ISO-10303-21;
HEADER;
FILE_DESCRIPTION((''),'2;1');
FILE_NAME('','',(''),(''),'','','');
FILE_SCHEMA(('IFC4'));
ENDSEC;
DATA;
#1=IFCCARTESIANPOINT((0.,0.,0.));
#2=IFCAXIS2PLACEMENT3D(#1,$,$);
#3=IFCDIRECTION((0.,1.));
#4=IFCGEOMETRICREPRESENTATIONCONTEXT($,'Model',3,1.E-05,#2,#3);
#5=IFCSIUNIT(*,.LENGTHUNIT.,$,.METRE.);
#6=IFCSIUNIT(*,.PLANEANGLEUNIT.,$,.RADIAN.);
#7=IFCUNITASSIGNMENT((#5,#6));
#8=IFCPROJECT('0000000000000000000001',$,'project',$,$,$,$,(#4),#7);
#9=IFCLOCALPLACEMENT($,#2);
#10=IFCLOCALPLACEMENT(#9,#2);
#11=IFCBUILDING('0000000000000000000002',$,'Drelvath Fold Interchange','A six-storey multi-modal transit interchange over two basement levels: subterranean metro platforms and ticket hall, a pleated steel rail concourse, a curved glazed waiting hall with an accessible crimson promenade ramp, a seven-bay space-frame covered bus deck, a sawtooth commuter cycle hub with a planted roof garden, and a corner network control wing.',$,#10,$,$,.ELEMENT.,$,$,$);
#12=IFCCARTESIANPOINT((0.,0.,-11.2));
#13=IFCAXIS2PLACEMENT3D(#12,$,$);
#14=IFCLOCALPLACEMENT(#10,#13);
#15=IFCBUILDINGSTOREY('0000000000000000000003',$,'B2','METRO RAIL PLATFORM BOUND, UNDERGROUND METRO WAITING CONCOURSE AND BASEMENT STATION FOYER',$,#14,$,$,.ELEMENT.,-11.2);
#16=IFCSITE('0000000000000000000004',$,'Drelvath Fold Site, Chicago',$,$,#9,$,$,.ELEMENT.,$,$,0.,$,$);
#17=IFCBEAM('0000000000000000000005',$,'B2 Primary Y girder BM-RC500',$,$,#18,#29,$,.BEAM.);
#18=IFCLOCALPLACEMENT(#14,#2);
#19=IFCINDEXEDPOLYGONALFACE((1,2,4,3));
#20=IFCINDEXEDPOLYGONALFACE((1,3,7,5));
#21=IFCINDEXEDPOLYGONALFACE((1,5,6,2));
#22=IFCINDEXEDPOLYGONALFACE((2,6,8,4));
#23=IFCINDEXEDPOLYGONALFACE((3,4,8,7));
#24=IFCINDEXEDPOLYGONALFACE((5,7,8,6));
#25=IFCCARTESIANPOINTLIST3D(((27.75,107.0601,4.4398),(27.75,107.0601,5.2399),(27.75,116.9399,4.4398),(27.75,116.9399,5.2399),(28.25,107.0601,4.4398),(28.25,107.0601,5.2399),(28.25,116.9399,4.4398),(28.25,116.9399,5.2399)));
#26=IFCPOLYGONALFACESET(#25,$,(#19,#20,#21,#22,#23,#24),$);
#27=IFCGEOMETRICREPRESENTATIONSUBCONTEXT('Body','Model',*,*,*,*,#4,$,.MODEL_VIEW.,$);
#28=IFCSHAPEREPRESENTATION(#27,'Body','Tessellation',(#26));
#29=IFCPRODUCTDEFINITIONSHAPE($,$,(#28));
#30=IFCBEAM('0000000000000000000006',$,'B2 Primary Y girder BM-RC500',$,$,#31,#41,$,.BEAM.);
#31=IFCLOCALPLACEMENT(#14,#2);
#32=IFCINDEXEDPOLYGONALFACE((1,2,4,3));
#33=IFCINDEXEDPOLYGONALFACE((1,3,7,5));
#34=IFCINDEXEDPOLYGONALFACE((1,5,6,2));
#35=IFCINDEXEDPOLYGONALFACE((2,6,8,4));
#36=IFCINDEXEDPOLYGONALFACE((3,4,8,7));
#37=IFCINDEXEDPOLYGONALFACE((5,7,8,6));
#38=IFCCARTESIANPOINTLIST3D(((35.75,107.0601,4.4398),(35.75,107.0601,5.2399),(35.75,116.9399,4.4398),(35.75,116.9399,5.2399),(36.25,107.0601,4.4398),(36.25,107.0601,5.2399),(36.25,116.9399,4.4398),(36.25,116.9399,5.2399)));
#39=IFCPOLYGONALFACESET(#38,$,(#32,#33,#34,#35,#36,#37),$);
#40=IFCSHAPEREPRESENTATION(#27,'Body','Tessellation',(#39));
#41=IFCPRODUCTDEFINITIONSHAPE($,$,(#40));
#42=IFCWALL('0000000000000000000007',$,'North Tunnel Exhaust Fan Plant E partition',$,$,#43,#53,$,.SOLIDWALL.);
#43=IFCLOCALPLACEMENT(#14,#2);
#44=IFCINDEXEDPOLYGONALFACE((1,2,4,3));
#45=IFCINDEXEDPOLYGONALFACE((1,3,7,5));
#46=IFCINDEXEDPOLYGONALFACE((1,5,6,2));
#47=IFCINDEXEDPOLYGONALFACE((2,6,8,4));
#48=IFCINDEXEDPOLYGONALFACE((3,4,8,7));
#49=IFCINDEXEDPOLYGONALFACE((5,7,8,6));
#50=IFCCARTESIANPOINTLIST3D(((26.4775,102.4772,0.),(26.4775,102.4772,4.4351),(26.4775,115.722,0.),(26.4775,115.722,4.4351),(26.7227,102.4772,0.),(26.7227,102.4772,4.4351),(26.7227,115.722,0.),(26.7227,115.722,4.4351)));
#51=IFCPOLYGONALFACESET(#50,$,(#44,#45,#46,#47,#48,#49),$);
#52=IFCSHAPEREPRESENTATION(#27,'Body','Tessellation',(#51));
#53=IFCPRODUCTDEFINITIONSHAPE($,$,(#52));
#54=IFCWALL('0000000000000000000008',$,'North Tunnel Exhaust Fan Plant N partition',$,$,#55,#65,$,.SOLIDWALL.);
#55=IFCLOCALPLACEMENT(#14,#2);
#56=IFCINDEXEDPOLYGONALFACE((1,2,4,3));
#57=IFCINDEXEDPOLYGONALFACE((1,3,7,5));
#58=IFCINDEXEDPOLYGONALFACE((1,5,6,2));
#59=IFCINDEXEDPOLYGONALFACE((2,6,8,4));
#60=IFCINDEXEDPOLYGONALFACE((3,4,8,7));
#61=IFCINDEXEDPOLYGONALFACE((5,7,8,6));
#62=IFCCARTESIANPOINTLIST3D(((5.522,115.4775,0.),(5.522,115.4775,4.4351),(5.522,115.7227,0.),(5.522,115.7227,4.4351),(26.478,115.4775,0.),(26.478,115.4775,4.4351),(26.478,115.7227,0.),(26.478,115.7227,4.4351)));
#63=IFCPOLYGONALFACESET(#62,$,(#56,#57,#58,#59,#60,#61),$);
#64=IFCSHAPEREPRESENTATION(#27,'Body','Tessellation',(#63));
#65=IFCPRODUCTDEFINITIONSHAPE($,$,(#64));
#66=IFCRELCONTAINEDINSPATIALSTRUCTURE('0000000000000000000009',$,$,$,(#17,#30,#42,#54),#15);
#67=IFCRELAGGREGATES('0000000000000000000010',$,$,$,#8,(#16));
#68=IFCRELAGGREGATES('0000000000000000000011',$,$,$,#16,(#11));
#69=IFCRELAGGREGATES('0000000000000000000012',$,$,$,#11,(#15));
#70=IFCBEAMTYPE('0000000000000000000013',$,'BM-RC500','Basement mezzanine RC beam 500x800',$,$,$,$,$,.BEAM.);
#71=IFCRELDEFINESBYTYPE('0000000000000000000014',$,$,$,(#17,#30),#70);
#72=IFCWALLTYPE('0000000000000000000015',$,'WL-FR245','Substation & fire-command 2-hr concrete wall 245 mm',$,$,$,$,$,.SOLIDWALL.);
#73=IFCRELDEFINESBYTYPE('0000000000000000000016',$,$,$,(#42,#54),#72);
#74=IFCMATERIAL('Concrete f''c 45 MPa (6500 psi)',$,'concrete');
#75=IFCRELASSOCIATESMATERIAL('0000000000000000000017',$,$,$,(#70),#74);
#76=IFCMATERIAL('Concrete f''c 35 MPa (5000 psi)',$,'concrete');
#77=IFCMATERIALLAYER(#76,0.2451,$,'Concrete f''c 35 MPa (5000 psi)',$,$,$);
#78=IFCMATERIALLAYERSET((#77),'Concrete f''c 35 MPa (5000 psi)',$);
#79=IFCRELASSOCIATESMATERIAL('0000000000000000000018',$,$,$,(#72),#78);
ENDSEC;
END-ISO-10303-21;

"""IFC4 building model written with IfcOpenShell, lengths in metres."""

from ifc_helpers import new_model, si_unit, direction, frame, frame_2d, origin, origin_2d, place, context, subcontext, project, spatial, rectangle, extrude, material, layer, layer_set, material_profile, profile_set, type_object, element, save


model = new_model("IFC4")

# Units and contexts
model_context = context("Model", 3, precision=1e-05, world=origin(), true_north=direction((0.0, 1.0)))
body_context = subcontext(model_context, "Body", "Model", "MODEL_VIEW")
ifc_project = project(units=[si_unit("LENGTHUNIT", "METRE"), si_unit("PLANEANGLEUNIT", "RADIAN")], contexts=[model_context])

# Site, building, storey
site_placement = place(None, origin())
site = spatial("IfcSite", under=ifc_project, at=site_placement, Name="Drelvath Fold Site, Chicago", CompositionType="ELEMENT", RefElevation=0.0)
building_placement = place(site_placement, origin())
building = spatial("IfcBuilding", under=site, at=building_placement, Name="Drelvath Fold Interchange", Description="A six-storey multi-modal transit interchange over two basement levels: subterranean metro platforms and ticket hall, a pleated steel rail concourse, a curved glazed waiting hall with an accessible crimson promenade ramp, a seven-bay space-frame covered bus deck, a sawtooth commuter cycle hub with a planted roof garden, and a corner network control wing.", CompositionType="ELEMENT")
storey_placement = place(building_placement, frame((0.0, 0.0, -11.2)))
storey = spatial("IfcBuildingStorey", under=building, at=storey_placement, Name="B2", Description="METRO RAIL PLATFORM BOUND, UNDERGROUND METRO WAITING CONCOURSE AND BASEMENT STATION FOYER", CompositionType="ELEMENT", Elevation=-11.2)

# Beams
ifc_material_1 = material(Name="Concrete f'c 45 MPa (6500 psi)", Category="concrete")
ifc_material_profile_1 = material_profile(ifc_material_1, rectangle(XDim=0.5, YDim=0.8, at=origin_2d()), Name="RC 500x800")
ifc_profile_set_1 = profile_set([ifc_material_profile_1], Name="Concrete f'c 45 MPa (6500 psi)")
beam_type_1 = type_object("IfcBeamType", Name="BM-RC500", Description="Basement mezzanine RC beam 500x800", PredefinedType="BEAM", material=ifc_profile_set_1)
for number, where, z_axis, x_axis, name in (
    (1, (28.0, 107.0601, 4.8398), (0.0, 1.0, 0.0), (-1.0, 0.0, 0.0), "B2 Primary Y girder BM-RC500"),
    (2, (36.0, 107.0601, 4.8398), (0.0, 1.0, 0.0), (-1.0, 0.0, 0.0), "B2 Primary Y girder BM-RC500"),
):
    element("IfcBeam", number, at=place(storey_placement, frame(where, z_axis=z_axis, x_axis=x_axis)), inside=storey, type_object=beam_type_1, Name=name, PredefinedType="BEAM", context=body_context, shape_type="SweptSolid", body=[
        extrude(rectangle(XDim=0.5, YDim=0.8, at=origin_2d()), origin(), (0.0, 0.0, 1.0), 9.8799),
    ])

# Walls
ifc_material_2 = material(Name="Concrete f'c 35 MPa (5000 psi)", Category="concrete")
ifc_layer = layer(ifc_material_2, 0.2451, Name="Concrete f'c 35 MPa (5000 psi)")
ifc_layer_set = layer_set([ifc_layer], Name="Concrete f'c 35 MPa (5000 psi)")
wall_type = type_object("IfcWallType", Name="WL-FR245", Description="Substation & fire-command 2-hr concrete wall 245 mm", PredefinedType="SOLIDWALL", material=ifc_layer_set)
wall_1_placement = place(storey_placement, frame((26.6001, 102.4771, 0.0), z_axis=(0.0, 0.0, 1.0), x_axis=(0.0, 1.0, 0.0)))
element("IfcWall", 3, at=wall_1_placement, inside=storey, type_object=wall_type, Name="North Tunnel Exhaust Fan Plant E partition", PredefinedType="SOLIDWALL", context=body_context, shape_type="SweptSolid", body=[
    extrude(rectangle(XDim=13.2449, YDim=0.2451, at=frame_2d((6.6226, 0.0))), origin(), (0.0, 0.0, 1.0), 4.4351),
])
wall_2_placement = place(storey_placement, frame((26.478, 115.6001, 0.0), z_axis=(0.0, 0.0, 1.0), x_axis=(-1.0, 0.0, 0.0)))
element("IfcWall", 4, at=wall_2_placement, inside=storey, type_object=wall_type, Name="North Tunnel Exhaust Fan Plant N partition", PredefinedType="SOLIDWALL", context=body_context, shape_type="SweptSolid", body=[
    extrude(rectangle(XDim=20.9561, YDim=0.2451, at=frame_2d((10.478, 0.0))), origin(), (0.0, 0.0, 1.0), 4.4351),
])

save(model, "model.ifc")
